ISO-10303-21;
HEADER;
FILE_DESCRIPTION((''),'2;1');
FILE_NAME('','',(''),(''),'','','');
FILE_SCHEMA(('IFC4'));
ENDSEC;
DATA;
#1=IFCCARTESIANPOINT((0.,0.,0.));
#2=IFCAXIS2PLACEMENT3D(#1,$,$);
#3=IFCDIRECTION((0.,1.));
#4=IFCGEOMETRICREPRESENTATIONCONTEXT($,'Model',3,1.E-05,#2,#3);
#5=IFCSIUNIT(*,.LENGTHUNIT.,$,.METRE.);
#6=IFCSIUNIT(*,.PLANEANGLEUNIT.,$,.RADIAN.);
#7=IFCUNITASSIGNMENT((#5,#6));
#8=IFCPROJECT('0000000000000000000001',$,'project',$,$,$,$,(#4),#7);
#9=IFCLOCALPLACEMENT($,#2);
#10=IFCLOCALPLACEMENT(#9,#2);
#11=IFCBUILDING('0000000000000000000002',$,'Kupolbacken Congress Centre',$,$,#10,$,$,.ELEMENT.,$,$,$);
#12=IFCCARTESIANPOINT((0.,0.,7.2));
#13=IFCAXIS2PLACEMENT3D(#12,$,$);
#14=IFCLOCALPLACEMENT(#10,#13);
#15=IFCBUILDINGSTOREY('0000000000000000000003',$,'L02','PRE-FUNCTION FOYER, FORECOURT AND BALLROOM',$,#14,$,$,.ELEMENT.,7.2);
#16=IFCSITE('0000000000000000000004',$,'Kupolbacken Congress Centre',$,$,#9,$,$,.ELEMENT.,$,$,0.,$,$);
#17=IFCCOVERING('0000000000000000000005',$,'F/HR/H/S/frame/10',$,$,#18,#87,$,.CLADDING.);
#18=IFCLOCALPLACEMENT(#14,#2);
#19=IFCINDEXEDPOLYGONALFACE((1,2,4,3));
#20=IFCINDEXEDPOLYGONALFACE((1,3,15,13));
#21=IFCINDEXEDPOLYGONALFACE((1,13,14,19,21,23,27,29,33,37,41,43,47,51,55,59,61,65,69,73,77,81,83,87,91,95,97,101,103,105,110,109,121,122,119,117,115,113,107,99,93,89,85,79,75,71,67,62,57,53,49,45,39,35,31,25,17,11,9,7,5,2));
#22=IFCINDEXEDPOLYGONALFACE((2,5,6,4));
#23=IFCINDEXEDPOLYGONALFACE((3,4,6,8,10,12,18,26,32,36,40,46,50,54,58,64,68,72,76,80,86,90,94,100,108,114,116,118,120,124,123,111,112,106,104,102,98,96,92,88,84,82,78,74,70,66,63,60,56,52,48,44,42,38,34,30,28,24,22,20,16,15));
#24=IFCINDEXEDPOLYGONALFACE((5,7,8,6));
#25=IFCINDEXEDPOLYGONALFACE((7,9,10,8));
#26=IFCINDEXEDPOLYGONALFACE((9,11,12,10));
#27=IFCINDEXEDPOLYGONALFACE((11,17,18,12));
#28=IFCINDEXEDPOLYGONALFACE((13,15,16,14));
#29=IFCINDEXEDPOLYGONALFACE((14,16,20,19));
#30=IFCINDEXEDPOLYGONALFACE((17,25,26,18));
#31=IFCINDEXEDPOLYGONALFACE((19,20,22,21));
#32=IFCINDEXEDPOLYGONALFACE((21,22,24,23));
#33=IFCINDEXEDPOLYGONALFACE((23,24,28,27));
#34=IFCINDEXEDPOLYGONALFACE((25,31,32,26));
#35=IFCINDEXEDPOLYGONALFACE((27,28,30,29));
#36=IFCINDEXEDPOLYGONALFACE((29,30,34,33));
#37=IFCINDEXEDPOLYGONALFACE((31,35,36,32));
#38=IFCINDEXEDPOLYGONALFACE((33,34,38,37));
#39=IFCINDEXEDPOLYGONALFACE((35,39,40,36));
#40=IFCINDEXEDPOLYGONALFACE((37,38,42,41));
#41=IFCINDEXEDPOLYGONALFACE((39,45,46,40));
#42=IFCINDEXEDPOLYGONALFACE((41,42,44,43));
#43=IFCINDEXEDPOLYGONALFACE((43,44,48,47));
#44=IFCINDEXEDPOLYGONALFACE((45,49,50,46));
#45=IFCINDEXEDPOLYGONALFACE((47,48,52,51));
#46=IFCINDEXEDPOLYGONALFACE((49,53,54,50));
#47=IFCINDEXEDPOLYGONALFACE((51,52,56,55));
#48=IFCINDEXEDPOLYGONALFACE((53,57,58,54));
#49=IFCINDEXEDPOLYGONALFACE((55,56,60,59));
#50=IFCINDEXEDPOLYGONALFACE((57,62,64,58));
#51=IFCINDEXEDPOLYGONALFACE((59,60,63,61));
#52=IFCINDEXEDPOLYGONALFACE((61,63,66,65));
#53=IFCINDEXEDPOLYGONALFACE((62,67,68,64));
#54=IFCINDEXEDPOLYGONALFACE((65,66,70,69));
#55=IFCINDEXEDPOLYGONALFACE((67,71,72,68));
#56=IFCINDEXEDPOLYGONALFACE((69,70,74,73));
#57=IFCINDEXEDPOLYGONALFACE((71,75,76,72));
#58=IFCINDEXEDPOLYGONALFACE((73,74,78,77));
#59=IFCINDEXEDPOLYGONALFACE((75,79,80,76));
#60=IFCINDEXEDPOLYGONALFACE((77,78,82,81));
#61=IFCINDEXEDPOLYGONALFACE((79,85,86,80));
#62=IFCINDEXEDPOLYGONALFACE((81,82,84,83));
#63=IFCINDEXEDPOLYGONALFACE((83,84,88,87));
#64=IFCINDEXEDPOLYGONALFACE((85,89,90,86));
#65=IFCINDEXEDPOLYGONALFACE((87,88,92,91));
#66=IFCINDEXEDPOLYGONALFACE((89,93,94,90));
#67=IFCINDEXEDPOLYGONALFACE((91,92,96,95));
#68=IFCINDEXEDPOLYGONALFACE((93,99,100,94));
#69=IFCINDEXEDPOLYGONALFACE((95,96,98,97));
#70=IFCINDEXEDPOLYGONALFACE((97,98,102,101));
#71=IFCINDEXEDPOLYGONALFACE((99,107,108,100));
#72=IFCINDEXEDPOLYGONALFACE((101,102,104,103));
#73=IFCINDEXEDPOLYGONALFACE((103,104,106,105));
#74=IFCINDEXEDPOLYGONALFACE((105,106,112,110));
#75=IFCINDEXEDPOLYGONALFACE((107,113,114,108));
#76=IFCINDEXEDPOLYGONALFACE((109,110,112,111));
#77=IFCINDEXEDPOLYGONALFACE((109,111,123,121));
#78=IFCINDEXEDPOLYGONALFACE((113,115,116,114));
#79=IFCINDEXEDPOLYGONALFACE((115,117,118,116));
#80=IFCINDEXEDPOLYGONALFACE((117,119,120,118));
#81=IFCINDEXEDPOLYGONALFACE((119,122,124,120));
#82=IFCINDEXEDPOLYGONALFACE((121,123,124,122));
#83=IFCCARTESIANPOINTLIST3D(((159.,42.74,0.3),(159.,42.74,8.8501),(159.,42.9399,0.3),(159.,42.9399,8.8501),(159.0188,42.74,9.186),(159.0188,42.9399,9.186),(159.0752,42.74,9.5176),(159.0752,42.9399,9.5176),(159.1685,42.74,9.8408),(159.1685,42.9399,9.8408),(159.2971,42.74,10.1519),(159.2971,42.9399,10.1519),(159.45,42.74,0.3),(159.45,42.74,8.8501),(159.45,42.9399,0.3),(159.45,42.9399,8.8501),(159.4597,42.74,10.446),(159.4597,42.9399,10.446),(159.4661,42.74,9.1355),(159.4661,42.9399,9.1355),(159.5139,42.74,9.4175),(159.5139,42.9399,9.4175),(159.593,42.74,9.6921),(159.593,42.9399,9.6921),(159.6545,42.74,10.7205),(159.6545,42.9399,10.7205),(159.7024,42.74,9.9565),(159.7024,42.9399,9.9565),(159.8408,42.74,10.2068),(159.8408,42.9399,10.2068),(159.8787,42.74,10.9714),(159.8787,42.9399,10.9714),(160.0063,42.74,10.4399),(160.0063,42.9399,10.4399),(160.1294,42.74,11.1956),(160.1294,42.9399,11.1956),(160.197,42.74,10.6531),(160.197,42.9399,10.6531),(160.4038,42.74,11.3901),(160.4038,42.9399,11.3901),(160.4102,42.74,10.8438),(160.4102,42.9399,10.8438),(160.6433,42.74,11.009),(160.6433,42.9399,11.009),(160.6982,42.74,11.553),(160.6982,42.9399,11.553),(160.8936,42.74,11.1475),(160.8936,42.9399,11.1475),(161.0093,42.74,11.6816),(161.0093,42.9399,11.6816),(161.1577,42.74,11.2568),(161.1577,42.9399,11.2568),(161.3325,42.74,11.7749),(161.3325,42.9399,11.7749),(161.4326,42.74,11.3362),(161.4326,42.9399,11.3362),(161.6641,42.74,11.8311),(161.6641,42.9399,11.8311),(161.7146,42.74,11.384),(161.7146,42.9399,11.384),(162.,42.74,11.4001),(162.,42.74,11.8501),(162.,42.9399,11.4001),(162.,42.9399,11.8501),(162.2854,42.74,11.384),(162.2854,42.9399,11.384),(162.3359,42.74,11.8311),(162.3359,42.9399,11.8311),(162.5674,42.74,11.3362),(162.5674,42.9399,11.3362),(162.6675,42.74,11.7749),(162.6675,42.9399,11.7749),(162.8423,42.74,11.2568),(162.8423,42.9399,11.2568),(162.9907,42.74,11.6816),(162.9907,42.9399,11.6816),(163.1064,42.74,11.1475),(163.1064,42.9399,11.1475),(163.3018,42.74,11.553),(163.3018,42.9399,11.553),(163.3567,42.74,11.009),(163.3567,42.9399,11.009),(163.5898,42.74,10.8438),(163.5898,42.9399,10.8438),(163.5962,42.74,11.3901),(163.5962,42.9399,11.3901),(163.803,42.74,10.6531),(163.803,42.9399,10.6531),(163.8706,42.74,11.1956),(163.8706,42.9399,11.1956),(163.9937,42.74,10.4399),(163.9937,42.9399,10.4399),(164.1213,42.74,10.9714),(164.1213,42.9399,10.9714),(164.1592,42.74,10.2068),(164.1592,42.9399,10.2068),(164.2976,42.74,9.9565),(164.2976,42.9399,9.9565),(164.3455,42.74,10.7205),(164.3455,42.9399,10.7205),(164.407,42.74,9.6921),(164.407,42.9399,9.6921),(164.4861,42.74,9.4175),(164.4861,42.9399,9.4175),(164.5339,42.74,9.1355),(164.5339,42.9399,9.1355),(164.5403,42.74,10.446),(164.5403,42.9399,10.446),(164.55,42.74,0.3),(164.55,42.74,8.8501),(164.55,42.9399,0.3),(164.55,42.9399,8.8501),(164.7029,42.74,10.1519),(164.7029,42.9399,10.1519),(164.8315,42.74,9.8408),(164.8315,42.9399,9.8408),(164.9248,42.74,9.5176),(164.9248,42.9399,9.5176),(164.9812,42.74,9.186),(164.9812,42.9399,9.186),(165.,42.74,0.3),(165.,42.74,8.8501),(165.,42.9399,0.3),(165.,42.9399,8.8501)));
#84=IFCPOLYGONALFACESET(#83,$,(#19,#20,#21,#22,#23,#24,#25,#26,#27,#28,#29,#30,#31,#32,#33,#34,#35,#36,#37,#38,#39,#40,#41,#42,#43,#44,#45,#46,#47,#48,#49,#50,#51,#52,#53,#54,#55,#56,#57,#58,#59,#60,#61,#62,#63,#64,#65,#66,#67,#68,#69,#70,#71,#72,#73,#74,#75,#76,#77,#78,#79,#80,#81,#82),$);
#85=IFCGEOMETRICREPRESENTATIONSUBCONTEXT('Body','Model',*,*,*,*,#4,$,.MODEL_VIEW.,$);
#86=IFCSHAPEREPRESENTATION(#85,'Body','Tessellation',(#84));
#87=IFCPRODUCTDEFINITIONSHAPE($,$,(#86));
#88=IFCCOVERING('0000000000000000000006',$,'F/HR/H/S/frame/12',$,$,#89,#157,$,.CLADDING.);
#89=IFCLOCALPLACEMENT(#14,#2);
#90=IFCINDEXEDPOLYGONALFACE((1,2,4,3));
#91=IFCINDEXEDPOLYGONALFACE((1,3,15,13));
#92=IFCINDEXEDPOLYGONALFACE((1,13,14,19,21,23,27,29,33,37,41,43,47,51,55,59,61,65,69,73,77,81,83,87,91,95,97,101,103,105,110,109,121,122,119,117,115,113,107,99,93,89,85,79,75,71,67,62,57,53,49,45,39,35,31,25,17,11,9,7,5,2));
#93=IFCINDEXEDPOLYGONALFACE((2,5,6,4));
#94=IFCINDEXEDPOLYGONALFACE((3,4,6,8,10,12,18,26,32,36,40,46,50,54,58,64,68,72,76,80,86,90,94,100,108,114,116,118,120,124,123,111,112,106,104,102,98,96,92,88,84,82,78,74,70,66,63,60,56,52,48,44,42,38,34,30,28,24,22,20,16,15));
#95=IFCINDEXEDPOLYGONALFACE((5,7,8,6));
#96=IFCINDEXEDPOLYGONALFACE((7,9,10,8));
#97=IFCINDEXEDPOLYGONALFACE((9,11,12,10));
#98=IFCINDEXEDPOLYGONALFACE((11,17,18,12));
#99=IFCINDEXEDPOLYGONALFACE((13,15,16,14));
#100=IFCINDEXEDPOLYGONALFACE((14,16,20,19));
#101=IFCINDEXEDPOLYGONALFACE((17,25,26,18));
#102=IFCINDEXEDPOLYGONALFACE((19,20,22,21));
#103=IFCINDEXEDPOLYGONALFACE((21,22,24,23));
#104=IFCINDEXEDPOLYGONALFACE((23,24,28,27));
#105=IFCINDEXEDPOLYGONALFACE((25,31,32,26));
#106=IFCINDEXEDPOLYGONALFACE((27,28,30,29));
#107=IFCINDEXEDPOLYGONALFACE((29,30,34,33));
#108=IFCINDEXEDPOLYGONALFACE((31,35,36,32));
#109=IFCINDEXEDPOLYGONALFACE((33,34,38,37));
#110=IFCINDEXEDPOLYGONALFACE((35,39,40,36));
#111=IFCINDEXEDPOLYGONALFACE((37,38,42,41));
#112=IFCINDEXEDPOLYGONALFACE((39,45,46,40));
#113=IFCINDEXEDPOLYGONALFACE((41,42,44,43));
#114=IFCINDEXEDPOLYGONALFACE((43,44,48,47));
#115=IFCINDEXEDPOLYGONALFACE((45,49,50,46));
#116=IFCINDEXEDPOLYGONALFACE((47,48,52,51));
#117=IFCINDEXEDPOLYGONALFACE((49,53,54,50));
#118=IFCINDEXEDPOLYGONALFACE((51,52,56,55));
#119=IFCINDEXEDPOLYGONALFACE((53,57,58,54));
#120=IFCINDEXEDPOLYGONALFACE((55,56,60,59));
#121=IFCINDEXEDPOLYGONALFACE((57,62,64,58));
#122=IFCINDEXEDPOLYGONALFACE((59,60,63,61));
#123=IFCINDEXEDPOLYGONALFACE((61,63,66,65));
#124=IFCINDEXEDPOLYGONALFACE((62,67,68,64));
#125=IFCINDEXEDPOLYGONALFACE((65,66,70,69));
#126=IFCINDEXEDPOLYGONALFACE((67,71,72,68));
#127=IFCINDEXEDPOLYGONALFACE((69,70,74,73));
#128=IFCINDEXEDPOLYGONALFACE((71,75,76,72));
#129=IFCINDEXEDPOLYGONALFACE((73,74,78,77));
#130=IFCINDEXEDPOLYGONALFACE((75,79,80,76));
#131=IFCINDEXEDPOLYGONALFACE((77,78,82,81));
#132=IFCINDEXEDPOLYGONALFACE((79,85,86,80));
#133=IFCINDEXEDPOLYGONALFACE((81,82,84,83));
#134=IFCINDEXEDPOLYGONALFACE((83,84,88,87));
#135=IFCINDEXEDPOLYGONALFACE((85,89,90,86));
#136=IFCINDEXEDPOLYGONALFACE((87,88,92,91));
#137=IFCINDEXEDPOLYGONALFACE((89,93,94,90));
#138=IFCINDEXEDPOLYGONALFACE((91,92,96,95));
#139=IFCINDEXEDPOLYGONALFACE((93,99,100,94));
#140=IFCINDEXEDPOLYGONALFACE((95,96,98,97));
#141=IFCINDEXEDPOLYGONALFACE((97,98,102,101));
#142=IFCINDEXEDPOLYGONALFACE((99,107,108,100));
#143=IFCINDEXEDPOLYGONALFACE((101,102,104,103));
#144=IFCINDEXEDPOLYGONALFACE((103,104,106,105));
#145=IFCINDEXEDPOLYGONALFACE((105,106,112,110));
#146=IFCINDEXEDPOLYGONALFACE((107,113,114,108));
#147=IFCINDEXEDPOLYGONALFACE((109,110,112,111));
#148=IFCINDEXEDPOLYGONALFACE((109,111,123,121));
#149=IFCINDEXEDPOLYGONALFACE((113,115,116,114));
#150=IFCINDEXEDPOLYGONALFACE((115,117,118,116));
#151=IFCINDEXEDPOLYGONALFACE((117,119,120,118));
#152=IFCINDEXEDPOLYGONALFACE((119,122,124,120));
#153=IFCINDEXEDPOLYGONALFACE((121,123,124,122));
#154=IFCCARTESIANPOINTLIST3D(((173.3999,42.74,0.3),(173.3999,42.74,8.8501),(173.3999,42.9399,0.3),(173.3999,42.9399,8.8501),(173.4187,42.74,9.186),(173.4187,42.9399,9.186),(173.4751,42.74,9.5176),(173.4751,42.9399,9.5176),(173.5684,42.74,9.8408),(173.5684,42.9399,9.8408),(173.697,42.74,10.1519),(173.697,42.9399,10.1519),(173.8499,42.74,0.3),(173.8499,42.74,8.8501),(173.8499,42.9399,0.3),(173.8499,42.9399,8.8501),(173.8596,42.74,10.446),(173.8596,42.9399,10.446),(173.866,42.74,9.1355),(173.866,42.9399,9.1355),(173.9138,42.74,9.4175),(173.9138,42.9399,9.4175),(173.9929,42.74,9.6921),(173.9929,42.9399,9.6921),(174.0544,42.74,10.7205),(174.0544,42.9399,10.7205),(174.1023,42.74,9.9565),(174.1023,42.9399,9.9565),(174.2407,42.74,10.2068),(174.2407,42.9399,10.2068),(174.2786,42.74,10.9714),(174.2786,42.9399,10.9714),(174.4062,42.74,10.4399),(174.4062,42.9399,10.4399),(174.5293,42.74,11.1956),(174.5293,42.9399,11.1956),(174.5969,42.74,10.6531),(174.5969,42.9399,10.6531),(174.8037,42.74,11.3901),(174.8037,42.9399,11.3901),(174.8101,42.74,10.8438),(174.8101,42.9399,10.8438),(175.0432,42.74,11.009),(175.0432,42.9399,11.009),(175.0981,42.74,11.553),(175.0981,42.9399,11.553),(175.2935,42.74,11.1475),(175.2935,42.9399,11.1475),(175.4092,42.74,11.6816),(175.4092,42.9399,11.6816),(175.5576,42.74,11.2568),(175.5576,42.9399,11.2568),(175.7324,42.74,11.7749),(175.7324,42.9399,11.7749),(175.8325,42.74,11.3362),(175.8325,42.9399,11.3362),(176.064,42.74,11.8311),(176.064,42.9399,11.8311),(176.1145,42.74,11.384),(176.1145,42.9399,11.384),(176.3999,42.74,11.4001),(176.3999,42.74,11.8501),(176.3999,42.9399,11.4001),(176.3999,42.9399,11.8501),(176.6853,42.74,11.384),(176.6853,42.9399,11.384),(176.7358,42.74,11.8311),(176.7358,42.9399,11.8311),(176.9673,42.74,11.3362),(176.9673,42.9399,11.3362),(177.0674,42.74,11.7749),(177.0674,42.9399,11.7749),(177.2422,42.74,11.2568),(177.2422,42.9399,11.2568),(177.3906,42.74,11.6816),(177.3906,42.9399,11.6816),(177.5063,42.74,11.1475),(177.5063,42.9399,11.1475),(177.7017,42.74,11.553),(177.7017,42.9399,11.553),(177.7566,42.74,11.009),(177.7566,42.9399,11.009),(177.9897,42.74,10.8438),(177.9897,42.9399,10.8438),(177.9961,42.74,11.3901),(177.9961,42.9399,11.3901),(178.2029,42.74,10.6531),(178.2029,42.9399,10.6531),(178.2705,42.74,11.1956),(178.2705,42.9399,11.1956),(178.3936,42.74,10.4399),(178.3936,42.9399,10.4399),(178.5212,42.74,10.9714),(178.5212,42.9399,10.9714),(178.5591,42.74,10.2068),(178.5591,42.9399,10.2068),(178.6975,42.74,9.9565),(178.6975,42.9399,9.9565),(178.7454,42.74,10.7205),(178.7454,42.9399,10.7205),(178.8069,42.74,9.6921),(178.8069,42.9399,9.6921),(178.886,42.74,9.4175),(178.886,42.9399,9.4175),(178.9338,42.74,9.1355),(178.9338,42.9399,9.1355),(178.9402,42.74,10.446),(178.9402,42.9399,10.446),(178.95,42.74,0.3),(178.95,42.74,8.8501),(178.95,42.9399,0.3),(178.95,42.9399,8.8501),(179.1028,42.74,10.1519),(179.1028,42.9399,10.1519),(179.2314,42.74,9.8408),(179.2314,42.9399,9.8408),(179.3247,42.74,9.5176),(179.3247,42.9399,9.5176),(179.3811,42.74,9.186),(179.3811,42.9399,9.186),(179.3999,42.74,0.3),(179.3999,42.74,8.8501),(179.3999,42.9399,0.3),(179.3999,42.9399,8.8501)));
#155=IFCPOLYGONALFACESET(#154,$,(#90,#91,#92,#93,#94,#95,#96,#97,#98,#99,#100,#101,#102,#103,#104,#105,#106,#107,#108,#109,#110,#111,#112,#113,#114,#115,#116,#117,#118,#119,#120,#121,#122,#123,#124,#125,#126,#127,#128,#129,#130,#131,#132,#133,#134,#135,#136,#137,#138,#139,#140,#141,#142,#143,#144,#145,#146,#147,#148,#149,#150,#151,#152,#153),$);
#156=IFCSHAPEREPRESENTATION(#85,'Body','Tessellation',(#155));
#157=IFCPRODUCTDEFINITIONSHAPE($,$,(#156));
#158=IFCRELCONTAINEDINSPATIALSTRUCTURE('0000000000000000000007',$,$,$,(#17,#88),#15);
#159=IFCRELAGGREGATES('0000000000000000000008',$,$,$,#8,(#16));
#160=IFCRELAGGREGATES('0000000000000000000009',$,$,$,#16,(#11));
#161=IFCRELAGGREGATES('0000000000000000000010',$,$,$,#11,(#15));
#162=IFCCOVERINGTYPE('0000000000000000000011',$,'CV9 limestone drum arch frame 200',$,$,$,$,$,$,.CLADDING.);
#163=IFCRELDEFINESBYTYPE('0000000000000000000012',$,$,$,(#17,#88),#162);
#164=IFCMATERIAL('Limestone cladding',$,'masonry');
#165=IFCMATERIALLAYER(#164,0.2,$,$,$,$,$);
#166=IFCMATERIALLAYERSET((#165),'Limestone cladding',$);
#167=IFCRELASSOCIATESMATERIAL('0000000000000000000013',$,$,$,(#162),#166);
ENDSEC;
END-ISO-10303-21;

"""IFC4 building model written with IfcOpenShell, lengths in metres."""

from ifc_helpers import new_model, si_unit, direction, frame, origin, place, context, subcontext, project, spatial, polyline, outline, extrude, material, layer, layer_set, type_object, element, save


model = new_model("IFC4")

# Units and contexts
model_context = context("Model", 3, precision=1e-05, world=origin(), true_north=direction((0.0, 1.0)))
body_context = subcontext(model_context, "Body", "Model", "MODEL_VIEW")
ifc_project = project(units=[si_unit("LENGTHUNIT", "METRE"), si_unit("PLANEANGLEUNIT", "RADIAN")], contexts=[model_context])

# Site, building, storey
site_placement = place(None, origin())
site = spatial("IfcSite", under=ifc_project, at=site_placement, Name="Kupolbacken Congress Centre", CompositionType="ELEMENT", RefElevation=0.0)
building_placement = place(site_placement, origin())
building = spatial("IfcBuilding", under=site, at=building_placement, Name="Kupolbacken Congress Centre", CompositionType="ELEMENT")
storey_placement = place(building_placement, frame((0.0, 0.0, 7.2)))
storey = spatial("IfcBuildingStorey", under=building, at=storey_placement, Name="L02", Description="PRE-FUNCTION FOYER, FORECOURT AND BALLROOM", CompositionType="ELEMENT", Elevation=7.2)

# Coverings
ifc_material_1 = material(Name="Limestone cladding", Category="masonry")
ifc_layer_1 = layer(ifc_material_1, 0.2)
ifc_layer_set_1 = layer_set([ifc_layer_1], Name="Limestone cladding")
covering_type_1 = type_object("IfcCoveringType", Name="CV9 limestone drum arch frame 200", PredefinedType="CLADDING", material=ifc_layer_set_1)
covering_1_placement = place(storey_placement, frame((159.0, 42.9399, 0.3), z_axis=(0.0, -1.0, 0.0), x_axis=(1.0, 0.0, 0.0)))
element("IfcCovering", 1, at=covering_1_placement, inside=storey, type_object=covering_type_1, Name="F/HR/H/S/frame/10", PredefinedType="CLADDING", context=body_context, shape_type="SweptSolid", body=[
    extrude(outline(polyline([(0.0, 0.0), (0.0, 8.55), (0.0188, 8.886), (0.0752, 9.2175), (0.1685, 9.5408), (0.2971, 9.8518), (0.4597, 10.146), (0.6545, 10.4204), (0.8787, 10.6714), (1.1294, 10.8955), (1.4038, 11.0901), (1.6982, 11.2529), (2.0093, 11.3816), (2.3325, 11.4749), (2.6641, 11.531), (3.0, 11.55), (3.3359, 11.531), (3.6675, 11.4749), (3.9907, 11.3816), (4.3018, 11.2529), (4.5962, 11.0901), (4.8706, 10.8955), (5.1213, 10.6714), (5.3455, 10.4204), (5.5403, 10.146), (5.7029, 9.8518), (5.8315, 9.5408), (5.9248, 9.2175), (5.9812, 8.886), (6.0, 8.55), (6.0, 0.0), (5.55, 0.0), (5.55, 8.55), (5.5339, 8.8354), (5.4861, 9.1174), (5.407, 9.3921), (5.2976, 9.6565), (5.1592, 9.9067), (4.9937, 10.1399), (4.803, 10.353), (4.5898, 10.5437), (4.3567, 10.709), (4.1064, 10.8474), (3.8423, 10.9568), (3.5674, 11.0361), (3.2854, 11.084), (3.0, 11.1001), (2.7146, 11.084), (2.4326, 11.0361), (2.1577, 10.9568), (1.8936, 10.8474), (1.6433, 10.709), (1.4102, 10.5437), (1.197, 10.353), (1.0063, 10.1399), (0.8408, 9.9067), (0.7024, 9.6565), (0.593, 9.3921), (0.5139, 9.1174), (0.4661, 8.8354), (0.45, 8.55), (0.45, 0.0), (0.0, 0.0)])), origin(), (0.0, 0.0, 1.0), 0.2),
])
covering_2_placement = place(storey_placement, frame((173.3999, 42.9399, 0.3), z_axis=(0.0, -1.0, 0.0), x_axis=(1.0, 0.0, 0.0)))
element("IfcCovering", 2, at=covering_2_placement, inside=storey, type_object=covering_type_1, Name="F/HR/H/S/frame/12", PredefinedType="CLADDING", context=body_context, shape_type="SweptSolid", body=[
    extrude(outline(polyline([(0.0, 0.0), (0.0, 8.55), (0.0188, 8.886), (0.0752, 9.2175), (0.1685, 9.5408), (0.2971, 9.8518), (0.4597, 10.146), (0.6545, 10.4204), (0.8787, 10.6714), (1.1294, 10.8955), (1.4038, 11.0901), (1.6982, 11.2529), (2.0093, 11.3816), (2.3325, 11.4749), (2.6641, 11.531), (3.0, 11.55), (3.3359, 11.531), (3.6675, 11.4749), (3.9907, 11.3816), (4.3018, 11.2529), (4.5962, 11.0901), (4.8706, 10.8955), (5.1213, 10.6714), (5.3455, 10.4204), (5.5403, 10.146), (5.7029, 9.8518), (5.8315, 9.5408), (5.9248, 9.2175), (5.9812, 8.886), (6.0, 8.55), (6.0, 0.0), (5.55, 0.0), (5.55, 8.55), (5.5339, 8.8354), (5.4861, 9.1174), (5.407, 9.3921), (5.2976, 9.6565), (5.1592, 9.9067), (4.9937, 10.1399), (4.803, 10.353), (4.5898, 10.5437), (4.3567, 10.709), (4.1064, 10.8474), (3.8423, 10.9568), (3.5674, 11.0361), (3.2854, 11.084), (3.0, 11.1001), (2.7146, 11.084), (2.4326, 11.0361), (2.1577, 10.9568), (1.8936, 10.8474), (1.6433, 10.709), (1.4102, 10.5437), (1.197, 10.353), (1.0063, 10.1399), (0.8408, 9.9067), (0.7024, 9.6565), (0.593, 9.3921), (0.5139, 9.1174), (0.4661, 8.8354), (0.45, 8.55), (0.45, 0.0), (0.0, 0.0)])), origin(), (0.0, 0.0, 1.0), 0.2),
])

save(model, "model.ifc")
